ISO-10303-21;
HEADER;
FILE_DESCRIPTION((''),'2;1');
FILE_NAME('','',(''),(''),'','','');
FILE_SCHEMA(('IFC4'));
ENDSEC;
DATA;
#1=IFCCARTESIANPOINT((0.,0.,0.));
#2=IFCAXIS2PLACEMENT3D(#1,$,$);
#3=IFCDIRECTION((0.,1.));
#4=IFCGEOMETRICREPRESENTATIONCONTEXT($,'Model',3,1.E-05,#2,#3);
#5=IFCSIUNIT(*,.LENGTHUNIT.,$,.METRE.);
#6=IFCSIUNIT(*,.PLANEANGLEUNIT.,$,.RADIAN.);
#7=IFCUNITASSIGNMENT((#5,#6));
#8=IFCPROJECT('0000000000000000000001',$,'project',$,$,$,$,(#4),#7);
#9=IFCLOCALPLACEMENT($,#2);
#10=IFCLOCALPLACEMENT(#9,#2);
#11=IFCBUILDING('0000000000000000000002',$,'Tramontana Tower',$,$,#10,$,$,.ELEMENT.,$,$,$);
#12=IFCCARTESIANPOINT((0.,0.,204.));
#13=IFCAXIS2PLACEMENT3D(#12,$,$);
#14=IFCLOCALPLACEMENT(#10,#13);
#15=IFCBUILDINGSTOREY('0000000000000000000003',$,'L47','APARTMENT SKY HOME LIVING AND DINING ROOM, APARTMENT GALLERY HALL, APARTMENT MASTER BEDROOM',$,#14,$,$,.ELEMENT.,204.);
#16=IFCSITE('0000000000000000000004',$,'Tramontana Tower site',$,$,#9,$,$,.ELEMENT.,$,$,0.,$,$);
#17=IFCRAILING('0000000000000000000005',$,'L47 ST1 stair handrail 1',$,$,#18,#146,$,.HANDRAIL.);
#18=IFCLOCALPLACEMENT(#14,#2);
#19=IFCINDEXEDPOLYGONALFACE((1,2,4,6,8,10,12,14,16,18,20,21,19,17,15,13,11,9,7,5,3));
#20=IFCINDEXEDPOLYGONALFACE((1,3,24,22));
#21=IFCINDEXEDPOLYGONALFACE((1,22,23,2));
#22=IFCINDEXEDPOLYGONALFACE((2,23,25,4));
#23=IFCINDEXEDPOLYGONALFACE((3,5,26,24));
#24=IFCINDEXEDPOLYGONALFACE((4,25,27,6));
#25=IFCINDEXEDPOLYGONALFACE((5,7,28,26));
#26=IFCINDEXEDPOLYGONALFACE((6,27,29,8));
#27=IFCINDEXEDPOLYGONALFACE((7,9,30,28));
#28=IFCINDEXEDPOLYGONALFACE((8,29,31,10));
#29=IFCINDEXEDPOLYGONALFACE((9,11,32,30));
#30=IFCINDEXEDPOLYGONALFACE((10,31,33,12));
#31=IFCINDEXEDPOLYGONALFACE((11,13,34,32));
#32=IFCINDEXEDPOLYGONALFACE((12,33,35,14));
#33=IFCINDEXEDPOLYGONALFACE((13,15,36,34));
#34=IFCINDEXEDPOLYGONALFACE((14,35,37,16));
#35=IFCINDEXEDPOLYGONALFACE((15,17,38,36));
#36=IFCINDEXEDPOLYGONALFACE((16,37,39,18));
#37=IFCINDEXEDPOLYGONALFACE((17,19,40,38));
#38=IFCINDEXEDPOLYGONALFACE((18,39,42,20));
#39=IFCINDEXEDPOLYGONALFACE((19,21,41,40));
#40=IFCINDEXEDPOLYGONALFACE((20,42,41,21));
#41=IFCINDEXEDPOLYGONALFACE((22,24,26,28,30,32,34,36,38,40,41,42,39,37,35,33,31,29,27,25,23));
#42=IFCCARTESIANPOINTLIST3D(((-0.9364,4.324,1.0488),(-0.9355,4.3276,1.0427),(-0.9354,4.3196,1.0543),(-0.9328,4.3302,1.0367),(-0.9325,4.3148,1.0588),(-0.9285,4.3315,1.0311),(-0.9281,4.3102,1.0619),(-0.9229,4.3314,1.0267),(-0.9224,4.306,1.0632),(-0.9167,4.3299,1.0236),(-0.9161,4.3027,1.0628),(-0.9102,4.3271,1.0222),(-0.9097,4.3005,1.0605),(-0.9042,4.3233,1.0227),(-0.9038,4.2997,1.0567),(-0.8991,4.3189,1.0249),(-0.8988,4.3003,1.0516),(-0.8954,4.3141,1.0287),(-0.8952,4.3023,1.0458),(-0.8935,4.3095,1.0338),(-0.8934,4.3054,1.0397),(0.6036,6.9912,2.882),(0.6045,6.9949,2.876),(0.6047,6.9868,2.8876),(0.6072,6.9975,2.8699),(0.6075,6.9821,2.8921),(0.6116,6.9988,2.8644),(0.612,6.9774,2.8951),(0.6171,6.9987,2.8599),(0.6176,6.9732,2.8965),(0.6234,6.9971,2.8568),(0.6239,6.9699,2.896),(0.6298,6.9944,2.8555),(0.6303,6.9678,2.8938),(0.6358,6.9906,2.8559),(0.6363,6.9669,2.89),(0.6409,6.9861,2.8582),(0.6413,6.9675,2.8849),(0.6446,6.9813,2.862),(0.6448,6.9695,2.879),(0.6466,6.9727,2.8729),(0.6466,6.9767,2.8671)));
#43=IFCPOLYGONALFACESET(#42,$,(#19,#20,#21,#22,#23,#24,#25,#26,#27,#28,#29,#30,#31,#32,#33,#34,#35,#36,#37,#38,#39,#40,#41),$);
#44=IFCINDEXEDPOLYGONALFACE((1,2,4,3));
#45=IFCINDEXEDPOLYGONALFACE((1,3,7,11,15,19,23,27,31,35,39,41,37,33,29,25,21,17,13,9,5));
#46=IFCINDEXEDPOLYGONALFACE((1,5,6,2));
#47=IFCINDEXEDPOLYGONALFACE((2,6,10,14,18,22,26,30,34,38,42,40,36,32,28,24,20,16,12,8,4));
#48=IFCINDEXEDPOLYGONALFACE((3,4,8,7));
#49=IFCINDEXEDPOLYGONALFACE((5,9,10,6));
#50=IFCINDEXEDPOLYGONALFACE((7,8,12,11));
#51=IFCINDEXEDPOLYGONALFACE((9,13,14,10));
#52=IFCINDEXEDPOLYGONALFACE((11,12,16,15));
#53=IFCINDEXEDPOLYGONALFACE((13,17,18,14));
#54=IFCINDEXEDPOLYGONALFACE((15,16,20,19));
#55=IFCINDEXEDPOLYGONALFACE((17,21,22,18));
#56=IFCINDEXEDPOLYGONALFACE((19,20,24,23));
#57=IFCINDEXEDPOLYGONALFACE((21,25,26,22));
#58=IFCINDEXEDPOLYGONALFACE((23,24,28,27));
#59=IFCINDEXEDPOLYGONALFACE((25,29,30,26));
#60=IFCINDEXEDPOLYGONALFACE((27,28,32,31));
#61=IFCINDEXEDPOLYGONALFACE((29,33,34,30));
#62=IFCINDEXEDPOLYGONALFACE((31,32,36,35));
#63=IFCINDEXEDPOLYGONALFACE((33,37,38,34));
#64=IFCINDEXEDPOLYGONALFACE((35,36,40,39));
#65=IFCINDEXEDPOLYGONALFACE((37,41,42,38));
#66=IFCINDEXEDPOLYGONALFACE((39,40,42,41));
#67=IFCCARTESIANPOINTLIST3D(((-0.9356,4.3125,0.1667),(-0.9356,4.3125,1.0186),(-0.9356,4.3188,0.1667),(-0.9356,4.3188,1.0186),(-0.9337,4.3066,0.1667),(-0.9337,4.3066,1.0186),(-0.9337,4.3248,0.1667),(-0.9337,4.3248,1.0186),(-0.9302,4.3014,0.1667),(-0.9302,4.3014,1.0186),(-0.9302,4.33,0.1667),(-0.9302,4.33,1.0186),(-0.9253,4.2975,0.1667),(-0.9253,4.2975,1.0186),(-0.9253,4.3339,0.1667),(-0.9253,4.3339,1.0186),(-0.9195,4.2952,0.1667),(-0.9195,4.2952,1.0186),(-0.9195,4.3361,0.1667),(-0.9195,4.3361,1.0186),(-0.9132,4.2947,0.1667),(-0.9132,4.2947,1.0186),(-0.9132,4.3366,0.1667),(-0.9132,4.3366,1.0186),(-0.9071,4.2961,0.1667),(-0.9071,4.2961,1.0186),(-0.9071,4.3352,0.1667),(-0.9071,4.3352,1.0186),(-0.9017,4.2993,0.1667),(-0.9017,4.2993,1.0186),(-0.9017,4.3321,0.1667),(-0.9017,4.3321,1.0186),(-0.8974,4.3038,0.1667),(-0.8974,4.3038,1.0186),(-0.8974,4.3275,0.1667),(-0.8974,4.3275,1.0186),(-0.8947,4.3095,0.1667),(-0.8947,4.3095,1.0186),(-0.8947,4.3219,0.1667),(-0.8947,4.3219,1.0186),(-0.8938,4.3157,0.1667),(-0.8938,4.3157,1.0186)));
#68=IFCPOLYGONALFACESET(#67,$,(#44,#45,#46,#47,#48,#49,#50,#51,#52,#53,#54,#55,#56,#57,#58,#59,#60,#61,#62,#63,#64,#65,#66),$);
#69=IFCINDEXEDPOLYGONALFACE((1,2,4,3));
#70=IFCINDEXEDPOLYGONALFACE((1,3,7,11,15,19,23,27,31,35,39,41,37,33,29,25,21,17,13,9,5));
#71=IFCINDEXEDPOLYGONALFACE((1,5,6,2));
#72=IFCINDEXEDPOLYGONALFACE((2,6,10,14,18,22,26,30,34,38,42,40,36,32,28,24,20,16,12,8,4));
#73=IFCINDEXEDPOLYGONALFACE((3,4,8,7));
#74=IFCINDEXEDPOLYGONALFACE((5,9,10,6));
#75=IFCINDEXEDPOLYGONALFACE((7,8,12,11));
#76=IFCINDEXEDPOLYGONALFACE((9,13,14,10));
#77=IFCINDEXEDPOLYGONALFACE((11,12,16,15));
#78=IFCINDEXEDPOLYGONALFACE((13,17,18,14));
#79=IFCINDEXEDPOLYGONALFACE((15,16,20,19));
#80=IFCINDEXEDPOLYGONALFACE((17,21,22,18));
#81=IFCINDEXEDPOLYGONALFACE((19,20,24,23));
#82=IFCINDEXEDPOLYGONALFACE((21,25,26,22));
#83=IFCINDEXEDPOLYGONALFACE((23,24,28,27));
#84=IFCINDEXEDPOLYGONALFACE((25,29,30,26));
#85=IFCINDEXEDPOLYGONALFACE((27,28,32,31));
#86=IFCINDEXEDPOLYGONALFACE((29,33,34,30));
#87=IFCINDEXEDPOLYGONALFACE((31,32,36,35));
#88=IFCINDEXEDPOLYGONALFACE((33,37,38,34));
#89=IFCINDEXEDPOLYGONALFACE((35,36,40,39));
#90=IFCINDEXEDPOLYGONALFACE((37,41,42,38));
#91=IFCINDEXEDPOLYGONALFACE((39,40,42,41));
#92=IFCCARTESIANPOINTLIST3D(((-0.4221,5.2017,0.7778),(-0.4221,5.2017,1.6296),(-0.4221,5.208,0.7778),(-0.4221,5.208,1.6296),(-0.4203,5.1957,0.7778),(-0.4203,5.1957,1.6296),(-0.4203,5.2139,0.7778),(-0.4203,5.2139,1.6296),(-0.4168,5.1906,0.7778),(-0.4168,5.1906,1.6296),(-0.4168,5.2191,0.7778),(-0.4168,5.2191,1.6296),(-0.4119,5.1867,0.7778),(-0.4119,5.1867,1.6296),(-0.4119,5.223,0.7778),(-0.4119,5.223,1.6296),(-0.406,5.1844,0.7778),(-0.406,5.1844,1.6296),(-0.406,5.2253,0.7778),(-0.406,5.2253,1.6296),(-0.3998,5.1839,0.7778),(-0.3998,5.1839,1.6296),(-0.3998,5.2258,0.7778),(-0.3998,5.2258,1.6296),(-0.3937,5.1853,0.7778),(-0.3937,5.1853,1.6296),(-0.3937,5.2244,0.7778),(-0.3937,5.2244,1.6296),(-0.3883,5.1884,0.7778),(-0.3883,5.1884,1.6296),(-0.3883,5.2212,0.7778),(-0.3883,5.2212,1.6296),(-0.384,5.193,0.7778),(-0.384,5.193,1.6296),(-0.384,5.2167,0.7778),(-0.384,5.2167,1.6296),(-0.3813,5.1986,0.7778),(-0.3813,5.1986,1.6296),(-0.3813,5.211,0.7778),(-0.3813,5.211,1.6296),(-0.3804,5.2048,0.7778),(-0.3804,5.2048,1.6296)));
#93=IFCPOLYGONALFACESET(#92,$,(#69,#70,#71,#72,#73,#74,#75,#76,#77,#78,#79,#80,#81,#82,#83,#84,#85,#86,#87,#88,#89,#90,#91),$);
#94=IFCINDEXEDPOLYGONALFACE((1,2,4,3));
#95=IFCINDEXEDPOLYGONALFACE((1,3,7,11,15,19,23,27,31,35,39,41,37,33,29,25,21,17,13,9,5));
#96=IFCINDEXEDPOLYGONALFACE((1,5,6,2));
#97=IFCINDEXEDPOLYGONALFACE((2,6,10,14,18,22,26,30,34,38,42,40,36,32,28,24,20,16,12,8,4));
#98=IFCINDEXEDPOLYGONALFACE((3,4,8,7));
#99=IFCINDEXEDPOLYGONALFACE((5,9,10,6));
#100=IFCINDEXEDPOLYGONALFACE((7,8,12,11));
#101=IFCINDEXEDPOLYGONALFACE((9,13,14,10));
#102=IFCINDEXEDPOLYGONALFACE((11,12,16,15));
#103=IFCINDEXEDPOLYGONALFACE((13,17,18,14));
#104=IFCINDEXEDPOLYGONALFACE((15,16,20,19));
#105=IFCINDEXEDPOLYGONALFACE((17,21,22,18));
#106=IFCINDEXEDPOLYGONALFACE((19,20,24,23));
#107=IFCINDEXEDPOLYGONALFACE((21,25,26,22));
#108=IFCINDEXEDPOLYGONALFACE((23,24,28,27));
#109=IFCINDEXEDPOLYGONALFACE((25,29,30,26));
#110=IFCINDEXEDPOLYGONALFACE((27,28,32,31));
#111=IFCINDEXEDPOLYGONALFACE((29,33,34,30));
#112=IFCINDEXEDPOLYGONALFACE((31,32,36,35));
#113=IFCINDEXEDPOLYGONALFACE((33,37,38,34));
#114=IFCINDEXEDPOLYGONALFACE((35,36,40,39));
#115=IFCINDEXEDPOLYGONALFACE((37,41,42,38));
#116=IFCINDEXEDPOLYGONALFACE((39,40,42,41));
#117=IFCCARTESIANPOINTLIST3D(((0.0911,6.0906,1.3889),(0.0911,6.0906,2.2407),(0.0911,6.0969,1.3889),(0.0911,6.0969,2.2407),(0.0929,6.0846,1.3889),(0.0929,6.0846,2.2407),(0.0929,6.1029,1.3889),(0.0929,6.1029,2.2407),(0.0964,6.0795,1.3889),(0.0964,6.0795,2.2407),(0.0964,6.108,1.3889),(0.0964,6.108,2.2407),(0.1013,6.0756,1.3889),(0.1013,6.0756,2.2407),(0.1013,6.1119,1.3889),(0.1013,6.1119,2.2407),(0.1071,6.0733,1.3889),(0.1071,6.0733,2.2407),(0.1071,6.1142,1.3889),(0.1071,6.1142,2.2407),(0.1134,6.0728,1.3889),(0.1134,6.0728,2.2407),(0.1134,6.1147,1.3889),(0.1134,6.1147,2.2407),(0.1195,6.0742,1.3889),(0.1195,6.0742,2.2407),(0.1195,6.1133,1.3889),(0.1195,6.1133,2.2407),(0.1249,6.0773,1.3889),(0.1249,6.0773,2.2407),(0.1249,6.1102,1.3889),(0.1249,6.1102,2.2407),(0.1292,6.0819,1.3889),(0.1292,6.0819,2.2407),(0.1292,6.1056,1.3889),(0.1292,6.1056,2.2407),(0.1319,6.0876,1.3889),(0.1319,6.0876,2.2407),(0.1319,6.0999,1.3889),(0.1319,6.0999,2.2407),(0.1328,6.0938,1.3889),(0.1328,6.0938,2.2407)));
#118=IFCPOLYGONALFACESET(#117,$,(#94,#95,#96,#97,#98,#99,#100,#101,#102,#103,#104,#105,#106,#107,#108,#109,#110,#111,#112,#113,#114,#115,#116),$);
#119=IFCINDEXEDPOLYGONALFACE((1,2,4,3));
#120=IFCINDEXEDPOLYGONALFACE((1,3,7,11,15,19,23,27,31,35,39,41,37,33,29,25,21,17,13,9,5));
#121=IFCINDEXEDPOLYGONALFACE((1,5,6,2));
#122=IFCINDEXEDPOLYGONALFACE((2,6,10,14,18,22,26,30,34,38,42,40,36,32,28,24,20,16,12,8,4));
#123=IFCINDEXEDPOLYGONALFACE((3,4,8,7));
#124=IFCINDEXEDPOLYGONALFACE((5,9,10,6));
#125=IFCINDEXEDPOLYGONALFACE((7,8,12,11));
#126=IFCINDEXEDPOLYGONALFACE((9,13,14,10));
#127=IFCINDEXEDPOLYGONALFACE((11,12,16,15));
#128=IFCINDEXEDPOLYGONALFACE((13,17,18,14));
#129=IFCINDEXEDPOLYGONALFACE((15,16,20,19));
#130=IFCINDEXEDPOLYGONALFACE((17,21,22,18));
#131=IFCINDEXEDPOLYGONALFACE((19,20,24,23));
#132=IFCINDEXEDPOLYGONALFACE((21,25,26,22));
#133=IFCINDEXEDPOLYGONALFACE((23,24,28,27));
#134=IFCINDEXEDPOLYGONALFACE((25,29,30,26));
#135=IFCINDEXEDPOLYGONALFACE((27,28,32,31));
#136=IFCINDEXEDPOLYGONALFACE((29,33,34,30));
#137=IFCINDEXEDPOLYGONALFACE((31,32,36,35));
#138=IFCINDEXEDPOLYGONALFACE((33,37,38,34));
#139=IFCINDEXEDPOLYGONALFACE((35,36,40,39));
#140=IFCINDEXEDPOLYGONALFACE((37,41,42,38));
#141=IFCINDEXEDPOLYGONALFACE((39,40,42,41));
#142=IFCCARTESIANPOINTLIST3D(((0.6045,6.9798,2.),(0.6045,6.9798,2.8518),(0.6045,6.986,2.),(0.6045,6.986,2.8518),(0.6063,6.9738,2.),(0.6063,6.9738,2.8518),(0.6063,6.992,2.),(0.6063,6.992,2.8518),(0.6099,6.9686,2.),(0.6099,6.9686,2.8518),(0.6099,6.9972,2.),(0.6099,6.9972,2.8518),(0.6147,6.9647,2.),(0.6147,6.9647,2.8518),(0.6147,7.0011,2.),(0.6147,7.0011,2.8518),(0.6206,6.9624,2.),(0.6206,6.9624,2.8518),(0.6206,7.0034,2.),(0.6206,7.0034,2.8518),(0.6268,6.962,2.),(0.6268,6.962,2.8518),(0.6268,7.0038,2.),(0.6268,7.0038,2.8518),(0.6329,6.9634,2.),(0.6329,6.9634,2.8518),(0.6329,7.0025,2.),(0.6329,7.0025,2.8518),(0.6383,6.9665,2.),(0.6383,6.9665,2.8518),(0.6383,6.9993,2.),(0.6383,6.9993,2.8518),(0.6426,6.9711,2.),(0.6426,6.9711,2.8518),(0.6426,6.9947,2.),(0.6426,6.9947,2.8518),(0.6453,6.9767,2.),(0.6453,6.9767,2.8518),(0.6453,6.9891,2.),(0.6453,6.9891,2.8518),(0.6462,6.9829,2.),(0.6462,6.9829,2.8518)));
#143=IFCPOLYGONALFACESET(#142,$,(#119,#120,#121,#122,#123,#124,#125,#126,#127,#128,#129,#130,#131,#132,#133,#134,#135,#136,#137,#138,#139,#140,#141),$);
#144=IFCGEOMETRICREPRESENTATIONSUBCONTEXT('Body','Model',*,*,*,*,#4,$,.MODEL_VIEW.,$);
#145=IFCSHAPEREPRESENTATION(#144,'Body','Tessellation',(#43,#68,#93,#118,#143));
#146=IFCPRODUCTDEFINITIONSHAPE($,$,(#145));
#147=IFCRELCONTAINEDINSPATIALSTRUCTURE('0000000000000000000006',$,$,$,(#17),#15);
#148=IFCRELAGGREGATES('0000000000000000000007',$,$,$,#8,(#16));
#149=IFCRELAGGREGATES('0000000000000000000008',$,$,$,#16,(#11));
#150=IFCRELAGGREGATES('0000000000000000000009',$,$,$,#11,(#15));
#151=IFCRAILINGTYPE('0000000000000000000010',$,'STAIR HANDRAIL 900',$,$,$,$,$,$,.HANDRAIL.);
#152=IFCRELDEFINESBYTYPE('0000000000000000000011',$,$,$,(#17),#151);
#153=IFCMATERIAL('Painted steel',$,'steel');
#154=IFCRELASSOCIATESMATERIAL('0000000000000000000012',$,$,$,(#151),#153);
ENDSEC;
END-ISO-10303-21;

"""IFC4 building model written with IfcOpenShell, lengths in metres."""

from ifc_helpers import new_model, si_unit, direction, frame, origin, origin_2d, place, context, subcontext, project, spatial, circle, extrude, material, type_object, element, save


model = new_model("IFC4")

# Units and contexts
model_context = context("Model", 3, precision=1e-05, world=origin(), true_north=direction((0.0, 1.0)))
body_context = subcontext(model_context, "Body", "Model", "MODEL_VIEW")
ifc_project = project(units=[si_unit("LENGTHUNIT", "METRE"), si_unit("PLANEANGLEUNIT", "RADIAN")], contexts=[model_context])

# Site, building, storey
site_placement = place(None, origin())
site = spatial("IfcSite", under=ifc_project, at=site_placement, Name="Tramontana Tower site", CompositionType="ELEMENT", RefElevation=0.0)
building_placement = place(site_placement, origin())
building = spatial("IfcBuilding", under=site, at=building_placement, Name="Tramontana Tower", CompositionType="ELEMENT")
storey_placement = place(building_placement, frame((0.0, 0.0, 204.0)))
storey = spatial("IfcBuildingStorey", under=building, at=storey_placement, Name="L47", Description="APARTMENT SKY HOME LIVING AND DINING ROOM, APARTMENT GALLERY HALL, APARTMENT MASTER BEDROOM", CompositionType="ELEMENT", Elevation=204.0)

# Railing
ifc_material_1 = material(Name="Painted steel", Category="steel")
railing_type_1 = type_object("IfcRailingType", Name="STAIR HANDRAIL 900", PredefinedType="HANDRAIL", material=ifc_material_1)
railing_1_placement = place(storey_placement, frame((-0.9148, 4.3157, 0.1667)))
element("IfcRailing", 1, at=railing_1_placement, inside=storey, type_object=railing_type_1, Name="L47 ST1 stair handrail 1", PredefinedType="HANDRAIL", context=body_context, shape_type="SweptSolid", body=[
    extrude(circle(Radius=0.0239, at=origin_2d()), frame((0.0, 0.0, 0.876), z_axis=(0.429671, 0.744159, 0.511478), x_axis=(-0.86601, 0.500027, 0.0)), (0.0, 0.0, 1.0), 3.5842),
    extrude(circle(Radius=0.021, at=origin_2d()), origin(), (0.0, 0.0, 1.0), 0.8518),
    extrude(circle(Radius=0.021, at=origin_2d()), frame((0.5134, 0.8892, 0.6111)), (0.0, 0.0, 1.0), 0.8518),
    extrude(circle(Radius=0.021, at=origin_2d()), frame((1.0266, 1.7781, 1.2222)), (0.0, 0.0, 1.0), 0.8518),
    extrude(circle(Radius=0.021, at=origin_2d()), frame((1.54, 2.6672, 1.8333)), (0.0, 0.0, 1.0), 0.8518),
])

save(model, "model.ifc")
